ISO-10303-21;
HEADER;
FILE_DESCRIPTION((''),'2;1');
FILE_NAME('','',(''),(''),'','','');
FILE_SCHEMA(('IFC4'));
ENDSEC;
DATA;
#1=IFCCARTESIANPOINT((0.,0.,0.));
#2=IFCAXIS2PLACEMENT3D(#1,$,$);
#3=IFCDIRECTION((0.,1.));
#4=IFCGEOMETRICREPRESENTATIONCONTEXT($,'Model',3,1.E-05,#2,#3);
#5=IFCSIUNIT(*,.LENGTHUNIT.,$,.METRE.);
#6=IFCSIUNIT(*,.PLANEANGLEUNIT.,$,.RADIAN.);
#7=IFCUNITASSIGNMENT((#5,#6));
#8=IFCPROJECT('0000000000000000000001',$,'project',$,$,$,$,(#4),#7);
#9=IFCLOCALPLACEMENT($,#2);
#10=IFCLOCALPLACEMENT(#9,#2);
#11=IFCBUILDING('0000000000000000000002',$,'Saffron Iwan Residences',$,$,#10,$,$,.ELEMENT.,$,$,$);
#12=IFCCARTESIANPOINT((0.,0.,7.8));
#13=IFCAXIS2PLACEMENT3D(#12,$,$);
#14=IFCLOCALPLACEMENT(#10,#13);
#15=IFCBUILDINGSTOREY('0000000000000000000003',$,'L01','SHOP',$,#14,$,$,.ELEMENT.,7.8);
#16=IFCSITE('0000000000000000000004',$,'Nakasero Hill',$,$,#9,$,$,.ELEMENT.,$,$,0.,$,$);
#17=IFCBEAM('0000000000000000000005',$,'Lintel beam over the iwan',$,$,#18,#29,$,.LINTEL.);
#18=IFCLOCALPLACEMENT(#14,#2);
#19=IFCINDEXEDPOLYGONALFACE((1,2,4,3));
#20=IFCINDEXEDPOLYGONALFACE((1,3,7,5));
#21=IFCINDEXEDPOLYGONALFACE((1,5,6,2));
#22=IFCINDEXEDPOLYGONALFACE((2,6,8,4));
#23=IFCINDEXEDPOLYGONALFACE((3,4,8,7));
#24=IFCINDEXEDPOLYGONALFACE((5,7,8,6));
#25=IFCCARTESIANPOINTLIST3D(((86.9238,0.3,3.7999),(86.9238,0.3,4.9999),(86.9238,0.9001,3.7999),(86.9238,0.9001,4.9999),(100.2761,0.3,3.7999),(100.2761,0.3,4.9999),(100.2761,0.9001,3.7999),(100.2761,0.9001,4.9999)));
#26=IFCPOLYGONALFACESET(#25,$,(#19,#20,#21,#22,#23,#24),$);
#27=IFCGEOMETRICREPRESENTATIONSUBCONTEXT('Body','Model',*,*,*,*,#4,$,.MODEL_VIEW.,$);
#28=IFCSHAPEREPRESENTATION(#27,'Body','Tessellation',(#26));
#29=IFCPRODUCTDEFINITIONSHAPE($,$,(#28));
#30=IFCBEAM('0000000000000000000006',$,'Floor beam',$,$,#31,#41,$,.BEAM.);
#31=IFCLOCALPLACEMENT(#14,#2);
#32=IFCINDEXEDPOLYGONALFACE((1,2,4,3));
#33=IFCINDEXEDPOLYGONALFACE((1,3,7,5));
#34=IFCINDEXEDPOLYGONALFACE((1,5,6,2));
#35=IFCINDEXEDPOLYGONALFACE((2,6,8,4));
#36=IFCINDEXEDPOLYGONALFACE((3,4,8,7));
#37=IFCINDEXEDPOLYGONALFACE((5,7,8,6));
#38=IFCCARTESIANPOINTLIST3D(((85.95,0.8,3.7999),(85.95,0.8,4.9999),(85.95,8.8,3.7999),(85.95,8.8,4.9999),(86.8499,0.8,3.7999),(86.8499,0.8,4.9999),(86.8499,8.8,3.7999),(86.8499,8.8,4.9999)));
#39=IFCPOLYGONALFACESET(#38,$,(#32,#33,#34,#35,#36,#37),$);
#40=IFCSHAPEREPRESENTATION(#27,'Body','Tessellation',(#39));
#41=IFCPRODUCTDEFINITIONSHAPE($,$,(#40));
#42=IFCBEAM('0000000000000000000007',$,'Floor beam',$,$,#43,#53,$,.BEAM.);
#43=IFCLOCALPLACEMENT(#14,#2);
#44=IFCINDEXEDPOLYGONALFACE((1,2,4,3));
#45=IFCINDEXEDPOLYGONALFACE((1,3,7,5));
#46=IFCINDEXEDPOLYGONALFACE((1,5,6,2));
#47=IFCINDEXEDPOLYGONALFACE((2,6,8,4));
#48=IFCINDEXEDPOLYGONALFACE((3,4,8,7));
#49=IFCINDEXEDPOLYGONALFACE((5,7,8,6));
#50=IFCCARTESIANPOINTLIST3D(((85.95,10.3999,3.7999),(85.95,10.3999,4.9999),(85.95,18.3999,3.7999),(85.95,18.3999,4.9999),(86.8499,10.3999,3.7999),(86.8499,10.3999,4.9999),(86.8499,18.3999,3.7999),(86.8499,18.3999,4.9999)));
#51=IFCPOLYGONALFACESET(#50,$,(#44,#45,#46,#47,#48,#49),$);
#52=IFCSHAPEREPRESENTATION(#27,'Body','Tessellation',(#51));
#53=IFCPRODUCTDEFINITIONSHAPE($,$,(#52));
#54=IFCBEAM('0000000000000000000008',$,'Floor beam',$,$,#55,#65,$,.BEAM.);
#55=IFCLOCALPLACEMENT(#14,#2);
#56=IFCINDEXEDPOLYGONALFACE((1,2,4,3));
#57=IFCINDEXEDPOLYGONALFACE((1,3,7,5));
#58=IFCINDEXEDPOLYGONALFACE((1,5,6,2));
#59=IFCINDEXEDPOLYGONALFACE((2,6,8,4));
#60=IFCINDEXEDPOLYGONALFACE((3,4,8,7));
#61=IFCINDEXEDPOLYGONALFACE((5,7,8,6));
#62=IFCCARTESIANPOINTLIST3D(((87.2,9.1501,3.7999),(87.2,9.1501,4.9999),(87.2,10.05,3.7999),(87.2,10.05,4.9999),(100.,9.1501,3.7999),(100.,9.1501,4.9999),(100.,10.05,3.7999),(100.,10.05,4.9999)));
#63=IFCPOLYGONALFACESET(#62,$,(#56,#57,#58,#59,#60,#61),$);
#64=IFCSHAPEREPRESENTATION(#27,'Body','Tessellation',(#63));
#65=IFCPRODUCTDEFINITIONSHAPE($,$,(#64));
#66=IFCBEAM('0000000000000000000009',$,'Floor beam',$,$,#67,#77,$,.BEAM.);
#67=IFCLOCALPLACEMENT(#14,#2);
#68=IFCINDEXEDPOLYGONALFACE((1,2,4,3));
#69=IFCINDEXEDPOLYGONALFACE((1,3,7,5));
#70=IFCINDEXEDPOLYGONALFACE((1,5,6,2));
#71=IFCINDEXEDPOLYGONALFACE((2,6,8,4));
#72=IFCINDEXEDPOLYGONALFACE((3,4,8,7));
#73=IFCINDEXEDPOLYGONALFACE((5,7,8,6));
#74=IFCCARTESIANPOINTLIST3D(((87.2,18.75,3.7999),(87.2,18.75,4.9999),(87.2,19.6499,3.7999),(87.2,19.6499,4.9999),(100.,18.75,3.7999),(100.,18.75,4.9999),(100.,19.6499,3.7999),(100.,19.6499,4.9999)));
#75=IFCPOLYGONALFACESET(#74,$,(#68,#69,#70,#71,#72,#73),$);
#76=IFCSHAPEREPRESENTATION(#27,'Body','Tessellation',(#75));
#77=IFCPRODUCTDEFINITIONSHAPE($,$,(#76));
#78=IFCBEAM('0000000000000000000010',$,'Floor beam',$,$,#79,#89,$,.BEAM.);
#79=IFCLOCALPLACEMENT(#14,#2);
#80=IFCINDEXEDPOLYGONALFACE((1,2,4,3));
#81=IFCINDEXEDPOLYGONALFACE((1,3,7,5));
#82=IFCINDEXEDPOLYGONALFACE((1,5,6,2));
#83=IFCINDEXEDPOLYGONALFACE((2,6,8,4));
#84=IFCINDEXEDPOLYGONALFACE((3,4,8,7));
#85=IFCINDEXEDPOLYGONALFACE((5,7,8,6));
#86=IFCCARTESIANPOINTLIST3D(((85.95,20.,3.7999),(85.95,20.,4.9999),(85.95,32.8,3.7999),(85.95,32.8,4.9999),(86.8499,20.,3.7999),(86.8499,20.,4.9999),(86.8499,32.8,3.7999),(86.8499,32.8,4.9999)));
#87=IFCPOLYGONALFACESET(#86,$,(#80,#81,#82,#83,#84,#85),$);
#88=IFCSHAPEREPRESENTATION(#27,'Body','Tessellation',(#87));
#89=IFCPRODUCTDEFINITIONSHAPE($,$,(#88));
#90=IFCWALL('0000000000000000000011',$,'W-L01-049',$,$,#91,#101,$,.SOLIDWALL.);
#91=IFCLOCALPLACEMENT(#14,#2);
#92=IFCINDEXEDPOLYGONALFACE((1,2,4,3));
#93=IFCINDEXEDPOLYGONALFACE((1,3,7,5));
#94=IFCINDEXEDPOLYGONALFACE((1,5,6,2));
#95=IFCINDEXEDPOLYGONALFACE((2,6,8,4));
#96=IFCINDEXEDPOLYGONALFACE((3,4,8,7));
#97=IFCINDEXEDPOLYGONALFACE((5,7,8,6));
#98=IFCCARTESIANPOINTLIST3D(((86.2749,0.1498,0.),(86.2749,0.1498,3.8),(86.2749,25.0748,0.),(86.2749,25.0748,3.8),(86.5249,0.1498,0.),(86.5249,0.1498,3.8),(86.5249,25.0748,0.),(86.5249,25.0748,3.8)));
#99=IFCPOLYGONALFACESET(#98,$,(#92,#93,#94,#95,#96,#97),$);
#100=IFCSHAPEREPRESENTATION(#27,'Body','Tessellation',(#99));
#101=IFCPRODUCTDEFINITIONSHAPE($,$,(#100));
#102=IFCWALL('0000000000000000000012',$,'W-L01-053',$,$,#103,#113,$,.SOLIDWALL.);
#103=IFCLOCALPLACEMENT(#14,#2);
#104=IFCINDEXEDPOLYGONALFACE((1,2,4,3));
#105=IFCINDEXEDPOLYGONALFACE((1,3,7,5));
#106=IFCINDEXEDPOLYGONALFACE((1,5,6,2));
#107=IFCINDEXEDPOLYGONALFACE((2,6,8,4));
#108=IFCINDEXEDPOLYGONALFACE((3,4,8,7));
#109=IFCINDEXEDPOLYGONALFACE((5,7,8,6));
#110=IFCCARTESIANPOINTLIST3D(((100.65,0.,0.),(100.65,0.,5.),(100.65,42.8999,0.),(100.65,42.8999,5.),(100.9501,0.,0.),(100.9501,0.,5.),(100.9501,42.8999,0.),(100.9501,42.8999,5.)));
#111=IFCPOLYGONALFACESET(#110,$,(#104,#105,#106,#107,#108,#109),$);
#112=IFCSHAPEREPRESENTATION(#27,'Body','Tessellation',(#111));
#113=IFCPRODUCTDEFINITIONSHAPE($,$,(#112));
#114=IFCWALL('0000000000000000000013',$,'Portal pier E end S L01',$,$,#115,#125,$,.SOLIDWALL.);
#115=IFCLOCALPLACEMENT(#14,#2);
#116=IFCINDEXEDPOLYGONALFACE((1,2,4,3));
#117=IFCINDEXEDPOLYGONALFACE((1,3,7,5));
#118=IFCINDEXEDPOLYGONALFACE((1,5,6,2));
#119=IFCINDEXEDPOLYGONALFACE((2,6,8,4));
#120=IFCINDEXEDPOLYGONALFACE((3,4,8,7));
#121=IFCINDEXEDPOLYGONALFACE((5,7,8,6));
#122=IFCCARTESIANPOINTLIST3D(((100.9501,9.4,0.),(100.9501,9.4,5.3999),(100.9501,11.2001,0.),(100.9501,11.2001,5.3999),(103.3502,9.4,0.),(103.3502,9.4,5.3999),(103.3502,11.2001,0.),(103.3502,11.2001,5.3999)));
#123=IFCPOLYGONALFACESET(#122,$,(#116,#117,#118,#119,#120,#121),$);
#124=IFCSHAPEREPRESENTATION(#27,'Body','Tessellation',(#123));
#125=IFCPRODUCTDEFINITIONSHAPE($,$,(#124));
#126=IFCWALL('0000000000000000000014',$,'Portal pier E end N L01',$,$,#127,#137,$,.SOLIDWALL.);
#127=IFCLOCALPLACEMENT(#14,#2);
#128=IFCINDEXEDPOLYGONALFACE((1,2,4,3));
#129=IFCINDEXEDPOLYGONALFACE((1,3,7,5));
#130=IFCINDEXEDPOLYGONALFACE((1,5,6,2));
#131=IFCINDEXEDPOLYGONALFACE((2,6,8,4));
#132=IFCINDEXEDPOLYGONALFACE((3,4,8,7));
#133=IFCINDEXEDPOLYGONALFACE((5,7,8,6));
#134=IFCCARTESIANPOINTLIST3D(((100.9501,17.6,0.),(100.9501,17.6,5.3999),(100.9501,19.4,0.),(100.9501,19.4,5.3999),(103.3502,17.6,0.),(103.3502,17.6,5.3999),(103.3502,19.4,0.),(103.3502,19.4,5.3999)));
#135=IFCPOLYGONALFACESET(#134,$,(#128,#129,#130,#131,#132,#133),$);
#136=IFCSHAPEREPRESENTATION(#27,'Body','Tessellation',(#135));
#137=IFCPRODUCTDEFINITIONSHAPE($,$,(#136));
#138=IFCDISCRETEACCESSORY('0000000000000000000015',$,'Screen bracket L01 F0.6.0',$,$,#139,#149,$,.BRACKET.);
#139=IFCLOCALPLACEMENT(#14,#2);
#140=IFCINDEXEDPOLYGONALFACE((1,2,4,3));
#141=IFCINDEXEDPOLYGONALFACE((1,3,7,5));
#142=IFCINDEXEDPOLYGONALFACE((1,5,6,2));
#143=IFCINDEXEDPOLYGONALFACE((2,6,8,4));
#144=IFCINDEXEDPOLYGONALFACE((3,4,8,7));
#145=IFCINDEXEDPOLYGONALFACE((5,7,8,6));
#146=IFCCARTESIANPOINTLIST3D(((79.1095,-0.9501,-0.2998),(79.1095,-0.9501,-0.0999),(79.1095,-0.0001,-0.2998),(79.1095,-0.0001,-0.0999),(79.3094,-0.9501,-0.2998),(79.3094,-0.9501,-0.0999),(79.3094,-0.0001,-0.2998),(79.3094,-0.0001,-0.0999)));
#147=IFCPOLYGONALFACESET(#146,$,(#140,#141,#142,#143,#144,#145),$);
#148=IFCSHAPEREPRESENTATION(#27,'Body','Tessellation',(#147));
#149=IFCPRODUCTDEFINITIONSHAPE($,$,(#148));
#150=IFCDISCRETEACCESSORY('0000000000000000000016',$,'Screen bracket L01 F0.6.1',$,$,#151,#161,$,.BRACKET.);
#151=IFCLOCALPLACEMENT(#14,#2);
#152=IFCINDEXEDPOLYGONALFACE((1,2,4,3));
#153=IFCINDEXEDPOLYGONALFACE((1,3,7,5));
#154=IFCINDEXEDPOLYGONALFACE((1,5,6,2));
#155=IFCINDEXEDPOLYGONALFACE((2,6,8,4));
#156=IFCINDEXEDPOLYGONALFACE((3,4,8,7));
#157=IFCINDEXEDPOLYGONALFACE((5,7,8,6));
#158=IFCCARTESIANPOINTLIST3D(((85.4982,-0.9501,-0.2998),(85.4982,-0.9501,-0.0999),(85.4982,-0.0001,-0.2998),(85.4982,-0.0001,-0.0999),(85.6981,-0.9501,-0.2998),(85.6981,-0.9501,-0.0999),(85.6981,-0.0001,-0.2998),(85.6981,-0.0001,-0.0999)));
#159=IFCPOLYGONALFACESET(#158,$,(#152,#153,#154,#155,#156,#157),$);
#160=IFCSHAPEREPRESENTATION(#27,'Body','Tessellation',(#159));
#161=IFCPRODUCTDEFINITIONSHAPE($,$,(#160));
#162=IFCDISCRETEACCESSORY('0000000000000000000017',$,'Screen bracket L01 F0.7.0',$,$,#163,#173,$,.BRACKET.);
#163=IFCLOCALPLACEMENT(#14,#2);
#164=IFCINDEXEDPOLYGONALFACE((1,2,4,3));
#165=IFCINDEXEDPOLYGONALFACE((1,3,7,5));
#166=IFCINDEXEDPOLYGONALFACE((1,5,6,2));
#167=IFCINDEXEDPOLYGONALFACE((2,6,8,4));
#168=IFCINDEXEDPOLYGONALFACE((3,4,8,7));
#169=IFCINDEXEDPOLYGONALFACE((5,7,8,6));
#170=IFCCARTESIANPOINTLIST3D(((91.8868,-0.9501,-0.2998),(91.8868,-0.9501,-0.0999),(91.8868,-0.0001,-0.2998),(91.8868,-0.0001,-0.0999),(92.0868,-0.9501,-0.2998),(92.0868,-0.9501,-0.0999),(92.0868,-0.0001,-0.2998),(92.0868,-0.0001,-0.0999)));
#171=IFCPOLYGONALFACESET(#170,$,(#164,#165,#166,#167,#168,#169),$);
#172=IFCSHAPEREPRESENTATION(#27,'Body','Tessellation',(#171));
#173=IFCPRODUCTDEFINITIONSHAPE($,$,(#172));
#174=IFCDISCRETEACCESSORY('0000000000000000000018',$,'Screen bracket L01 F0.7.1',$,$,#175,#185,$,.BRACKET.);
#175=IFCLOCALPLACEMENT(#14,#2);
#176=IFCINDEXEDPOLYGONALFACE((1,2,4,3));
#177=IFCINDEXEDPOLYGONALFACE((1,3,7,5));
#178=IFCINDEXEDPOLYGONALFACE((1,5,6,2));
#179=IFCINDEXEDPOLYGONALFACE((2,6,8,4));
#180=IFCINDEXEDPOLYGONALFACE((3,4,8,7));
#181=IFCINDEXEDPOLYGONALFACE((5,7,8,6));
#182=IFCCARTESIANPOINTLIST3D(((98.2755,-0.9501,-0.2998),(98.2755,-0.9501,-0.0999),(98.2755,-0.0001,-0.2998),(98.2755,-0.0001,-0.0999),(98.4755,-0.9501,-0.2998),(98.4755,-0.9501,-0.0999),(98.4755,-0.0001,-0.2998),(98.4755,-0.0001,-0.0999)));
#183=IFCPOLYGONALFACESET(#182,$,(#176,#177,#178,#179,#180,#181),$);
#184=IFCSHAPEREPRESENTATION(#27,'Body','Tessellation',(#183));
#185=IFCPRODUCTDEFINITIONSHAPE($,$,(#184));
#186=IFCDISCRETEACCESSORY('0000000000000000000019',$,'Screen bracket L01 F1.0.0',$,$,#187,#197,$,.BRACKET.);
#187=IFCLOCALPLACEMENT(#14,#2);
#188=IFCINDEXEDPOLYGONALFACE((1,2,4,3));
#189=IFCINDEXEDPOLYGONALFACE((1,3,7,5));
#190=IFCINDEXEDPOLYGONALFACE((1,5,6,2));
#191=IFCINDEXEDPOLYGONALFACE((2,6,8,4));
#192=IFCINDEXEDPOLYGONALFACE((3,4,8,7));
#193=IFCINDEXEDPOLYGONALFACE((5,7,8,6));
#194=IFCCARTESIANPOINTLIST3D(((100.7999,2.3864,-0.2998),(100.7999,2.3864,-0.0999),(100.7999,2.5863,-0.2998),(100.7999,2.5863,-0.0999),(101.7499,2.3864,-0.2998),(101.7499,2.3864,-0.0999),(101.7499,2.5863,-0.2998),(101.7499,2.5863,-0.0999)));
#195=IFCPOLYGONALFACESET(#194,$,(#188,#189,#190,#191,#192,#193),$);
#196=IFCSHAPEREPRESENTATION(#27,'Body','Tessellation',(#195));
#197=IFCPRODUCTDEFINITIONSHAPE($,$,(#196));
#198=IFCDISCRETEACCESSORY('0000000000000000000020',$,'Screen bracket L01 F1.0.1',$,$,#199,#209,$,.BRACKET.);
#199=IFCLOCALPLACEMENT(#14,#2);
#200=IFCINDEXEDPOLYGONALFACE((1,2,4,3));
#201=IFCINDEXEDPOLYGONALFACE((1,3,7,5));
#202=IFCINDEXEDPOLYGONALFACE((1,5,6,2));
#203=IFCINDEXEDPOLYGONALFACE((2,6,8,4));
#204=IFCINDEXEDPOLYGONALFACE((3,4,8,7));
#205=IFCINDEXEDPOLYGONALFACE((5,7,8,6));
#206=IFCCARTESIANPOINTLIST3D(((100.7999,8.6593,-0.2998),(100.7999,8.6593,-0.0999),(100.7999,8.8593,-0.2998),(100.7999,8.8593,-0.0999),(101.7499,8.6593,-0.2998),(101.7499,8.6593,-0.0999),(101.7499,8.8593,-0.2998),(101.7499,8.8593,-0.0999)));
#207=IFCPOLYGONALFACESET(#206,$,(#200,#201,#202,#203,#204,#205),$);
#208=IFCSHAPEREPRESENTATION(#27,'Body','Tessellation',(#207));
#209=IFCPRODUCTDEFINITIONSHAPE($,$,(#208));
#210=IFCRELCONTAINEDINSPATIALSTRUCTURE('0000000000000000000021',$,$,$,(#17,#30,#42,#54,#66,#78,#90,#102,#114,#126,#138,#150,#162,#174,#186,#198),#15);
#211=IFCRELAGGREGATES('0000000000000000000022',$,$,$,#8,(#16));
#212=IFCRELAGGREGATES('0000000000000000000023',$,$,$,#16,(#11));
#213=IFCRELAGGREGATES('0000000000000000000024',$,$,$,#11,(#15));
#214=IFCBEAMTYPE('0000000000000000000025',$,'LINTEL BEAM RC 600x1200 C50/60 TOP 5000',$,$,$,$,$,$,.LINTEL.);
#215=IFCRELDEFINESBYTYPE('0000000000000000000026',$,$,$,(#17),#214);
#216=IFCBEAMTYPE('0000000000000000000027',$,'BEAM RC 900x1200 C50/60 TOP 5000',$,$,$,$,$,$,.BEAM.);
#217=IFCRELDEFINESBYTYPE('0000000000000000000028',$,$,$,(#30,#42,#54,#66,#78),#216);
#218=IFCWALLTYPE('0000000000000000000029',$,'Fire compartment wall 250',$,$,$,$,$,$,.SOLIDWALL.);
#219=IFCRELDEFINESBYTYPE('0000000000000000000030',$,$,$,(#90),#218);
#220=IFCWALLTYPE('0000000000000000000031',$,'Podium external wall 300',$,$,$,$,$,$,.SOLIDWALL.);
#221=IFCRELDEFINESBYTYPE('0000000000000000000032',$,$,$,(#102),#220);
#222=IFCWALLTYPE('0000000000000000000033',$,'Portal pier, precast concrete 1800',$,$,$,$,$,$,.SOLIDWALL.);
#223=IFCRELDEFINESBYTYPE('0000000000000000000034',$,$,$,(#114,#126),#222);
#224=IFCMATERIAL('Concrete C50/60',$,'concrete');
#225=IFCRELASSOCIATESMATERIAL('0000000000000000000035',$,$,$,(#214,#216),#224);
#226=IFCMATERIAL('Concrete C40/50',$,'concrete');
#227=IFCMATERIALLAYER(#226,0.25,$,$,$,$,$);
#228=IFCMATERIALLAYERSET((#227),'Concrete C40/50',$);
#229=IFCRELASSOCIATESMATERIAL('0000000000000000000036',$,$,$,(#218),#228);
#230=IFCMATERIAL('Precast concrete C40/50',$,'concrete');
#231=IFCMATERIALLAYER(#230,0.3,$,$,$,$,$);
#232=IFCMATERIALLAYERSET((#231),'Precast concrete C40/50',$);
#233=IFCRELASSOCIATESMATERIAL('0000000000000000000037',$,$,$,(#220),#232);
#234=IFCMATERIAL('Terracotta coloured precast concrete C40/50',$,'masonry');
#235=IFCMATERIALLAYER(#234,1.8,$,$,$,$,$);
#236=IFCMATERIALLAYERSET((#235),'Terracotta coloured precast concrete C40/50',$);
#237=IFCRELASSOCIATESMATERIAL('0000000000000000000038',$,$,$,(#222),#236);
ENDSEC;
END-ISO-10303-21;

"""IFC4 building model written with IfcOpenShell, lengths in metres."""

from ifc_helpers import new_model, si_unit, direction, frame, frame_2d, origin, origin_2d, place, context, subcontext, project, spatial, rectangle, extrude, source, transform, mapped, material, layer, layer_set, material_profile, profile_set, type_object, element, save


model = new_model("IFC4")

# Units and contexts
model_context = context("Model", 3, precision=1e-05, world=origin(), true_north=direction((0.0, 1.0)))
body_context = subcontext(model_context, "Body", "Model", "MODEL_VIEW")
ifc_project = project(units=[si_unit("LENGTHUNIT", "METRE"), si_unit("PLANEANGLEUNIT", "RADIAN")], contexts=[model_context])

# Site, building, storey
site_placement = place(None, origin())
site = spatial("IfcSite", under=ifc_project, at=site_placement, Name="Nakasero Hill", CompositionType="ELEMENT", RefElevation=0.0)
building_placement = place(site_placement, origin())
building = spatial("IfcBuilding", under=site, at=building_placement, Name="Saffron Iwan Residences", CompositionType="ELEMENT")
storey_placement = place(building_placement, frame((0.0, 0.0, 7.8)))
storey = spatial("IfcBuildingStorey", under=building, at=storey_placement, Name="L01", Description="SHOP", CompositionType="ELEMENT", Elevation=7.8)

# Shared definitions
ifc_material_1 = material(Name="Concrete C50/60", Category="concrete")

# Beams
ifc_material_profile_1 = material_profile(ifc_material_1, rectangle(XDim=0.6001, YDim=1.2, at=origin_2d()), Name="RC 600x1200")
ifc_profile_set_1 = profile_set([ifc_material_profile_1], Name="Concrete C50/60")
beam_type_1 = type_object("IfcBeamType", Name="LINTEL BEAM RC 600x1200 C50/60 TOP 5000", PredefinedType="LINTEL", material=ifc_profile_set_1)
shared_shape_1 = source(origin(), body_context, "Body", "SweptSolid", [
    extrude(rectangle(XDim=0.6001, YDim=1.2, at=origin_2d()), origin(), (0.0, 0.0, 1.0), 13.3523),
])
for number, where, z_axis, x_axis, name in (
    (1, (100.2761, 0.6001, 4.3999), (-1.0, 0.0, 0.0), (0.0, -1.0, 0.0), "Lintel beam over the iwan"),
):
    element("IfcBeam", number, at=place(storey_placement, frame(where, z_axis=z_axis, x_axis=x_axis)), inside=storey, type_object=beam_type_1, Name=name, PredefinedType="LINTEL", context=body_context, shape_type="MappedRepresentation", body=[
        mapped(shared_shape_1, transform((0.0, 0.0, 0.0))),
    ])
ifc_material_profile_2 = material_profile(ifc_material_1, rectangle(XDim=0.8999, YDim=1.2, at=origin_2d()), Name="RC 900x1200")
ifc_profile_set_2 = profile_set([ifc_material_profile_2], Name="Concrete C50/60")
beam_type_2 = type_object("IfcBeamType", Name="BEAM RC 900x1200 C50/60 TOP 5000", PredefinedType="BEAM", material=ifc_profile_set_2)
shared_shape_2 = source(origin(), body_context, "Body", "SweptSolid", [
    extrude(rectangle(XDim=0.8999, YDim=1.2, at=origin_2d()), origin(), (0.0, 0.0, 1.0), 8.0),
])
for number, where, z_axis, x_axis, name in (
    (2, (86.3999, 0.8, 4.3999), (0.0, 1.0, 0.0), (-1.0, 0.0, 0.0), "Floor beam"),
    (3, (86.3999, 10.3999, 4.3999), (0.0, 1.0, 0.0), (-1.0, 0.0, 0.0), "Floor beam"),
):
    element("IfcBeam", number, at=place(storey_placement, frame(where, z_axis=z_axis, x_axis=x_axis)), inside=storey, type_object=beam_type_2, Name=name, PredefinedType="BEAM", context=body_context, shape_type="MappedRepresentation", body=[
        mapped(shared_shape_2, transform((0.0, 0.0, 0.0))),
    ])
shared_shape_3 = source(origin(), body_context, "Body", "SweptSolid", [
    extrude(rectangle(XDim=0.8999, YDim=1.2, at=origin_2d()), origin(), (0.0, 0.0, 1.0), 12.8),
])
for number, where, z_axis, x_axis, name in (
    (4, (87.2, 9.6001, 4.3999), (1.0, 0.0, 0.0), (0.0, 1.0, 0.0), "Floor beam"),
    (5, (87.2, 19.2, 4.3999), (1.0, 0.0, 0.0), (0.0, 1.0, 0.0), "Floor beam"),
    (6, (86.3999, 20.0, 4.3999), (0.0, 1.0, 0.0), (-1.0, 0.0, 0.0), "Floor beam"),
):
    element("IfcBeam", number, at=place(storey_placement, frame(where, z_axis=z_axis, x_axis=x_axis)), inside=storey, type_object=beam_type_2, Name=name, PredefinedType="BEAM", context=body_context, shape_type="MappedRepresentation", body=[
        mapped(shared_shape_3, transform((0.0, 0.0, 0.0))),
    ])

# Walls
ifc_material_2 = material(Name="Concrete C40/50", Category="concrete")
ifc_layer_1 = layer(ifc_material_2, 0.25)
ifc_layer_set_1 = layer_set([ifc_layer_1], Name="Concrete C40/50")
wall_type_1 = type_object("IfcWallType", Name="Fire compartment wall 250", PredefinedType="SOLIDWALL", material=ifc_layer_set_1)
wall_1_placement = place(storey_placement, frame((86.3999, 0.1499, 0.0), z_axis=(0.0, 0.0, 1.0), x_axis=(0.0, 1.0, 0.0)))
element("IfcWall", 7, at=wall_1_placement, inside=storey, type_object=wall_type_1, Name="W-L01-049", PredefinedType="SOLIDWALL", context=body_context, shape_type="SweptSolid", body=[
    extrude(rectangle(XDim=24.925, YDim=0.25, at=frame_2d((12.4624, 0.0))), origin(), (0.0, 0.0, 1.0), 3.8),
])
ifc_material_3 = material(Name="Precast concrete C40/50", Category="concrete")
ifc_layer_2 = layer(ifc_material_3, 0.3)
ifc_layer_set_2 = layer_set([ifc_layer_2], Name="Precast concrete C40/50")
wall_type_2 = type_object("IfcWallType", Name="Podium external wall 300", PredefinedType="SOLIDWALL", material=ifc_layer_set_2)
wall_2_placement = place(storey_placement, frame((100.8, 0.0, 0.0), z_axis=(0.0, 0.0, 1.0), x_axis=(0.0, 1.0, 0.0)))
element("IfcWall", 8, at=wall_2_placement, inside=storey, type_object=wall_type_2, Name="W-L01-053", PredefinedType="SOLIDWALL", context=body_context, shape_type="SweptSolid", body=[
    extrude(rectangle(XDim=42.8999, YDim=0.3, at=frame_2d((21.45, 0.0))), origin(), (0.0, 0.0, 1.0), 5.0),
])
ifc_material_4 = material(Name="Terracotta coloured precast concrete C40/50", Category="masonry")
ifc_layer_3 = layer(ifc_material_4, 1.8)
ifc_layer_set_3 = layer_set([ifc_layer_3], Name="Terracotta coloured precast concrete C40/50")
wall_type_3 = type_object("IfcWallType", Name="Portal pier, precast concrete 1800", PredefinedType="SOLIDWALL", material=ifc_layer_set_3)
for number, where, z_axis, x_axis, name in (
    (9, (100.95, 10.3, 0.0), (0.0, 0.0, 1.0), (1.0, 0.0, 0.0), "Portal pier E end S L01"),
    (10, (100.95, 18.5, 0.0), (0.0, 0.0, 1.0), (1.0, 0.0, 0.0), "Portal pier E end N L01"),
):
    element("IfcWall", number, at=place(storey_placement, frame(where, z_axis=z_axis, x_axis=x_axis)), inside=storey, type_object=wall_type_3, Name=name, PredefinedType="SOLIDWALL", context=body_context, shape_type="SweptSolid", body=[
        extrude(rectangle(XDim=2.4001, YDim=1.8, at=frame_2d((1.2002, 0.0))), origin(), (0.0, 0.0, 1.0), 5.3999),
    ])

# Discrete accessories
shared_shape_4 = source(origin(), body_context, "Body", "SweptSolid", [
    extrude(rectangle(XDim=0.95, YDim=0.2, at=origin_2d()), origin(), (0.0, 0.0, 1.0), 0.2),
])
for number, where, z_axis, x_axis, name in (
    (11, (79.2095, -0.4751, -0.2998), (0.0, 0.0, 1.0), (0.0, -1.0, 0.0), "Screen bracket L01 F0.6.0"),
    (12, (85.5981, -0.4751, -0.2998), (0.0, 0.0, 1.0), (0.0, -1.0, 0.0), "Screen bracket L01 F0.6.1"),
    (13, (91.9868, -0.4751, -0.2998), (0.0, 0.0, 1.0), (0.0, -1.0, 0.0), "Screen bracket L01 F0.7.0"),
    (14, (98.3755, -0.4751, -0.2998), (0.0, 0.0, 1.0), (0.0, -1.0, 0.0), "Screen bracket L01 F0.7.1"),
    (15, (101.2749, 2.4863, -0.2998), (0.0, 0.0, 1.0), (1.0, 0.0, 0.0), "Screen bracket L01 F1.0.0"),
    (16, (101.2749, 8.7593, -0.2998), (0.0, 0.0, 1.0), (1.0, 0.0, 0.0), "Screen bracket L01 F1.0.1"),
):
    element("IfcDiscreteAccessory", number, at=place(storey_placement, frame(where, z_axis=z_axis, x_axis=x_axis)), inside=storey, Name=name, PredefinedType="BRACKET", context=body_context, shape_type="MappedRepresentation", body=[
        mapped(shared_shape_4, transform((0.0, 0.0, 0.0))),
    ])

save(model, "model.ifc")
